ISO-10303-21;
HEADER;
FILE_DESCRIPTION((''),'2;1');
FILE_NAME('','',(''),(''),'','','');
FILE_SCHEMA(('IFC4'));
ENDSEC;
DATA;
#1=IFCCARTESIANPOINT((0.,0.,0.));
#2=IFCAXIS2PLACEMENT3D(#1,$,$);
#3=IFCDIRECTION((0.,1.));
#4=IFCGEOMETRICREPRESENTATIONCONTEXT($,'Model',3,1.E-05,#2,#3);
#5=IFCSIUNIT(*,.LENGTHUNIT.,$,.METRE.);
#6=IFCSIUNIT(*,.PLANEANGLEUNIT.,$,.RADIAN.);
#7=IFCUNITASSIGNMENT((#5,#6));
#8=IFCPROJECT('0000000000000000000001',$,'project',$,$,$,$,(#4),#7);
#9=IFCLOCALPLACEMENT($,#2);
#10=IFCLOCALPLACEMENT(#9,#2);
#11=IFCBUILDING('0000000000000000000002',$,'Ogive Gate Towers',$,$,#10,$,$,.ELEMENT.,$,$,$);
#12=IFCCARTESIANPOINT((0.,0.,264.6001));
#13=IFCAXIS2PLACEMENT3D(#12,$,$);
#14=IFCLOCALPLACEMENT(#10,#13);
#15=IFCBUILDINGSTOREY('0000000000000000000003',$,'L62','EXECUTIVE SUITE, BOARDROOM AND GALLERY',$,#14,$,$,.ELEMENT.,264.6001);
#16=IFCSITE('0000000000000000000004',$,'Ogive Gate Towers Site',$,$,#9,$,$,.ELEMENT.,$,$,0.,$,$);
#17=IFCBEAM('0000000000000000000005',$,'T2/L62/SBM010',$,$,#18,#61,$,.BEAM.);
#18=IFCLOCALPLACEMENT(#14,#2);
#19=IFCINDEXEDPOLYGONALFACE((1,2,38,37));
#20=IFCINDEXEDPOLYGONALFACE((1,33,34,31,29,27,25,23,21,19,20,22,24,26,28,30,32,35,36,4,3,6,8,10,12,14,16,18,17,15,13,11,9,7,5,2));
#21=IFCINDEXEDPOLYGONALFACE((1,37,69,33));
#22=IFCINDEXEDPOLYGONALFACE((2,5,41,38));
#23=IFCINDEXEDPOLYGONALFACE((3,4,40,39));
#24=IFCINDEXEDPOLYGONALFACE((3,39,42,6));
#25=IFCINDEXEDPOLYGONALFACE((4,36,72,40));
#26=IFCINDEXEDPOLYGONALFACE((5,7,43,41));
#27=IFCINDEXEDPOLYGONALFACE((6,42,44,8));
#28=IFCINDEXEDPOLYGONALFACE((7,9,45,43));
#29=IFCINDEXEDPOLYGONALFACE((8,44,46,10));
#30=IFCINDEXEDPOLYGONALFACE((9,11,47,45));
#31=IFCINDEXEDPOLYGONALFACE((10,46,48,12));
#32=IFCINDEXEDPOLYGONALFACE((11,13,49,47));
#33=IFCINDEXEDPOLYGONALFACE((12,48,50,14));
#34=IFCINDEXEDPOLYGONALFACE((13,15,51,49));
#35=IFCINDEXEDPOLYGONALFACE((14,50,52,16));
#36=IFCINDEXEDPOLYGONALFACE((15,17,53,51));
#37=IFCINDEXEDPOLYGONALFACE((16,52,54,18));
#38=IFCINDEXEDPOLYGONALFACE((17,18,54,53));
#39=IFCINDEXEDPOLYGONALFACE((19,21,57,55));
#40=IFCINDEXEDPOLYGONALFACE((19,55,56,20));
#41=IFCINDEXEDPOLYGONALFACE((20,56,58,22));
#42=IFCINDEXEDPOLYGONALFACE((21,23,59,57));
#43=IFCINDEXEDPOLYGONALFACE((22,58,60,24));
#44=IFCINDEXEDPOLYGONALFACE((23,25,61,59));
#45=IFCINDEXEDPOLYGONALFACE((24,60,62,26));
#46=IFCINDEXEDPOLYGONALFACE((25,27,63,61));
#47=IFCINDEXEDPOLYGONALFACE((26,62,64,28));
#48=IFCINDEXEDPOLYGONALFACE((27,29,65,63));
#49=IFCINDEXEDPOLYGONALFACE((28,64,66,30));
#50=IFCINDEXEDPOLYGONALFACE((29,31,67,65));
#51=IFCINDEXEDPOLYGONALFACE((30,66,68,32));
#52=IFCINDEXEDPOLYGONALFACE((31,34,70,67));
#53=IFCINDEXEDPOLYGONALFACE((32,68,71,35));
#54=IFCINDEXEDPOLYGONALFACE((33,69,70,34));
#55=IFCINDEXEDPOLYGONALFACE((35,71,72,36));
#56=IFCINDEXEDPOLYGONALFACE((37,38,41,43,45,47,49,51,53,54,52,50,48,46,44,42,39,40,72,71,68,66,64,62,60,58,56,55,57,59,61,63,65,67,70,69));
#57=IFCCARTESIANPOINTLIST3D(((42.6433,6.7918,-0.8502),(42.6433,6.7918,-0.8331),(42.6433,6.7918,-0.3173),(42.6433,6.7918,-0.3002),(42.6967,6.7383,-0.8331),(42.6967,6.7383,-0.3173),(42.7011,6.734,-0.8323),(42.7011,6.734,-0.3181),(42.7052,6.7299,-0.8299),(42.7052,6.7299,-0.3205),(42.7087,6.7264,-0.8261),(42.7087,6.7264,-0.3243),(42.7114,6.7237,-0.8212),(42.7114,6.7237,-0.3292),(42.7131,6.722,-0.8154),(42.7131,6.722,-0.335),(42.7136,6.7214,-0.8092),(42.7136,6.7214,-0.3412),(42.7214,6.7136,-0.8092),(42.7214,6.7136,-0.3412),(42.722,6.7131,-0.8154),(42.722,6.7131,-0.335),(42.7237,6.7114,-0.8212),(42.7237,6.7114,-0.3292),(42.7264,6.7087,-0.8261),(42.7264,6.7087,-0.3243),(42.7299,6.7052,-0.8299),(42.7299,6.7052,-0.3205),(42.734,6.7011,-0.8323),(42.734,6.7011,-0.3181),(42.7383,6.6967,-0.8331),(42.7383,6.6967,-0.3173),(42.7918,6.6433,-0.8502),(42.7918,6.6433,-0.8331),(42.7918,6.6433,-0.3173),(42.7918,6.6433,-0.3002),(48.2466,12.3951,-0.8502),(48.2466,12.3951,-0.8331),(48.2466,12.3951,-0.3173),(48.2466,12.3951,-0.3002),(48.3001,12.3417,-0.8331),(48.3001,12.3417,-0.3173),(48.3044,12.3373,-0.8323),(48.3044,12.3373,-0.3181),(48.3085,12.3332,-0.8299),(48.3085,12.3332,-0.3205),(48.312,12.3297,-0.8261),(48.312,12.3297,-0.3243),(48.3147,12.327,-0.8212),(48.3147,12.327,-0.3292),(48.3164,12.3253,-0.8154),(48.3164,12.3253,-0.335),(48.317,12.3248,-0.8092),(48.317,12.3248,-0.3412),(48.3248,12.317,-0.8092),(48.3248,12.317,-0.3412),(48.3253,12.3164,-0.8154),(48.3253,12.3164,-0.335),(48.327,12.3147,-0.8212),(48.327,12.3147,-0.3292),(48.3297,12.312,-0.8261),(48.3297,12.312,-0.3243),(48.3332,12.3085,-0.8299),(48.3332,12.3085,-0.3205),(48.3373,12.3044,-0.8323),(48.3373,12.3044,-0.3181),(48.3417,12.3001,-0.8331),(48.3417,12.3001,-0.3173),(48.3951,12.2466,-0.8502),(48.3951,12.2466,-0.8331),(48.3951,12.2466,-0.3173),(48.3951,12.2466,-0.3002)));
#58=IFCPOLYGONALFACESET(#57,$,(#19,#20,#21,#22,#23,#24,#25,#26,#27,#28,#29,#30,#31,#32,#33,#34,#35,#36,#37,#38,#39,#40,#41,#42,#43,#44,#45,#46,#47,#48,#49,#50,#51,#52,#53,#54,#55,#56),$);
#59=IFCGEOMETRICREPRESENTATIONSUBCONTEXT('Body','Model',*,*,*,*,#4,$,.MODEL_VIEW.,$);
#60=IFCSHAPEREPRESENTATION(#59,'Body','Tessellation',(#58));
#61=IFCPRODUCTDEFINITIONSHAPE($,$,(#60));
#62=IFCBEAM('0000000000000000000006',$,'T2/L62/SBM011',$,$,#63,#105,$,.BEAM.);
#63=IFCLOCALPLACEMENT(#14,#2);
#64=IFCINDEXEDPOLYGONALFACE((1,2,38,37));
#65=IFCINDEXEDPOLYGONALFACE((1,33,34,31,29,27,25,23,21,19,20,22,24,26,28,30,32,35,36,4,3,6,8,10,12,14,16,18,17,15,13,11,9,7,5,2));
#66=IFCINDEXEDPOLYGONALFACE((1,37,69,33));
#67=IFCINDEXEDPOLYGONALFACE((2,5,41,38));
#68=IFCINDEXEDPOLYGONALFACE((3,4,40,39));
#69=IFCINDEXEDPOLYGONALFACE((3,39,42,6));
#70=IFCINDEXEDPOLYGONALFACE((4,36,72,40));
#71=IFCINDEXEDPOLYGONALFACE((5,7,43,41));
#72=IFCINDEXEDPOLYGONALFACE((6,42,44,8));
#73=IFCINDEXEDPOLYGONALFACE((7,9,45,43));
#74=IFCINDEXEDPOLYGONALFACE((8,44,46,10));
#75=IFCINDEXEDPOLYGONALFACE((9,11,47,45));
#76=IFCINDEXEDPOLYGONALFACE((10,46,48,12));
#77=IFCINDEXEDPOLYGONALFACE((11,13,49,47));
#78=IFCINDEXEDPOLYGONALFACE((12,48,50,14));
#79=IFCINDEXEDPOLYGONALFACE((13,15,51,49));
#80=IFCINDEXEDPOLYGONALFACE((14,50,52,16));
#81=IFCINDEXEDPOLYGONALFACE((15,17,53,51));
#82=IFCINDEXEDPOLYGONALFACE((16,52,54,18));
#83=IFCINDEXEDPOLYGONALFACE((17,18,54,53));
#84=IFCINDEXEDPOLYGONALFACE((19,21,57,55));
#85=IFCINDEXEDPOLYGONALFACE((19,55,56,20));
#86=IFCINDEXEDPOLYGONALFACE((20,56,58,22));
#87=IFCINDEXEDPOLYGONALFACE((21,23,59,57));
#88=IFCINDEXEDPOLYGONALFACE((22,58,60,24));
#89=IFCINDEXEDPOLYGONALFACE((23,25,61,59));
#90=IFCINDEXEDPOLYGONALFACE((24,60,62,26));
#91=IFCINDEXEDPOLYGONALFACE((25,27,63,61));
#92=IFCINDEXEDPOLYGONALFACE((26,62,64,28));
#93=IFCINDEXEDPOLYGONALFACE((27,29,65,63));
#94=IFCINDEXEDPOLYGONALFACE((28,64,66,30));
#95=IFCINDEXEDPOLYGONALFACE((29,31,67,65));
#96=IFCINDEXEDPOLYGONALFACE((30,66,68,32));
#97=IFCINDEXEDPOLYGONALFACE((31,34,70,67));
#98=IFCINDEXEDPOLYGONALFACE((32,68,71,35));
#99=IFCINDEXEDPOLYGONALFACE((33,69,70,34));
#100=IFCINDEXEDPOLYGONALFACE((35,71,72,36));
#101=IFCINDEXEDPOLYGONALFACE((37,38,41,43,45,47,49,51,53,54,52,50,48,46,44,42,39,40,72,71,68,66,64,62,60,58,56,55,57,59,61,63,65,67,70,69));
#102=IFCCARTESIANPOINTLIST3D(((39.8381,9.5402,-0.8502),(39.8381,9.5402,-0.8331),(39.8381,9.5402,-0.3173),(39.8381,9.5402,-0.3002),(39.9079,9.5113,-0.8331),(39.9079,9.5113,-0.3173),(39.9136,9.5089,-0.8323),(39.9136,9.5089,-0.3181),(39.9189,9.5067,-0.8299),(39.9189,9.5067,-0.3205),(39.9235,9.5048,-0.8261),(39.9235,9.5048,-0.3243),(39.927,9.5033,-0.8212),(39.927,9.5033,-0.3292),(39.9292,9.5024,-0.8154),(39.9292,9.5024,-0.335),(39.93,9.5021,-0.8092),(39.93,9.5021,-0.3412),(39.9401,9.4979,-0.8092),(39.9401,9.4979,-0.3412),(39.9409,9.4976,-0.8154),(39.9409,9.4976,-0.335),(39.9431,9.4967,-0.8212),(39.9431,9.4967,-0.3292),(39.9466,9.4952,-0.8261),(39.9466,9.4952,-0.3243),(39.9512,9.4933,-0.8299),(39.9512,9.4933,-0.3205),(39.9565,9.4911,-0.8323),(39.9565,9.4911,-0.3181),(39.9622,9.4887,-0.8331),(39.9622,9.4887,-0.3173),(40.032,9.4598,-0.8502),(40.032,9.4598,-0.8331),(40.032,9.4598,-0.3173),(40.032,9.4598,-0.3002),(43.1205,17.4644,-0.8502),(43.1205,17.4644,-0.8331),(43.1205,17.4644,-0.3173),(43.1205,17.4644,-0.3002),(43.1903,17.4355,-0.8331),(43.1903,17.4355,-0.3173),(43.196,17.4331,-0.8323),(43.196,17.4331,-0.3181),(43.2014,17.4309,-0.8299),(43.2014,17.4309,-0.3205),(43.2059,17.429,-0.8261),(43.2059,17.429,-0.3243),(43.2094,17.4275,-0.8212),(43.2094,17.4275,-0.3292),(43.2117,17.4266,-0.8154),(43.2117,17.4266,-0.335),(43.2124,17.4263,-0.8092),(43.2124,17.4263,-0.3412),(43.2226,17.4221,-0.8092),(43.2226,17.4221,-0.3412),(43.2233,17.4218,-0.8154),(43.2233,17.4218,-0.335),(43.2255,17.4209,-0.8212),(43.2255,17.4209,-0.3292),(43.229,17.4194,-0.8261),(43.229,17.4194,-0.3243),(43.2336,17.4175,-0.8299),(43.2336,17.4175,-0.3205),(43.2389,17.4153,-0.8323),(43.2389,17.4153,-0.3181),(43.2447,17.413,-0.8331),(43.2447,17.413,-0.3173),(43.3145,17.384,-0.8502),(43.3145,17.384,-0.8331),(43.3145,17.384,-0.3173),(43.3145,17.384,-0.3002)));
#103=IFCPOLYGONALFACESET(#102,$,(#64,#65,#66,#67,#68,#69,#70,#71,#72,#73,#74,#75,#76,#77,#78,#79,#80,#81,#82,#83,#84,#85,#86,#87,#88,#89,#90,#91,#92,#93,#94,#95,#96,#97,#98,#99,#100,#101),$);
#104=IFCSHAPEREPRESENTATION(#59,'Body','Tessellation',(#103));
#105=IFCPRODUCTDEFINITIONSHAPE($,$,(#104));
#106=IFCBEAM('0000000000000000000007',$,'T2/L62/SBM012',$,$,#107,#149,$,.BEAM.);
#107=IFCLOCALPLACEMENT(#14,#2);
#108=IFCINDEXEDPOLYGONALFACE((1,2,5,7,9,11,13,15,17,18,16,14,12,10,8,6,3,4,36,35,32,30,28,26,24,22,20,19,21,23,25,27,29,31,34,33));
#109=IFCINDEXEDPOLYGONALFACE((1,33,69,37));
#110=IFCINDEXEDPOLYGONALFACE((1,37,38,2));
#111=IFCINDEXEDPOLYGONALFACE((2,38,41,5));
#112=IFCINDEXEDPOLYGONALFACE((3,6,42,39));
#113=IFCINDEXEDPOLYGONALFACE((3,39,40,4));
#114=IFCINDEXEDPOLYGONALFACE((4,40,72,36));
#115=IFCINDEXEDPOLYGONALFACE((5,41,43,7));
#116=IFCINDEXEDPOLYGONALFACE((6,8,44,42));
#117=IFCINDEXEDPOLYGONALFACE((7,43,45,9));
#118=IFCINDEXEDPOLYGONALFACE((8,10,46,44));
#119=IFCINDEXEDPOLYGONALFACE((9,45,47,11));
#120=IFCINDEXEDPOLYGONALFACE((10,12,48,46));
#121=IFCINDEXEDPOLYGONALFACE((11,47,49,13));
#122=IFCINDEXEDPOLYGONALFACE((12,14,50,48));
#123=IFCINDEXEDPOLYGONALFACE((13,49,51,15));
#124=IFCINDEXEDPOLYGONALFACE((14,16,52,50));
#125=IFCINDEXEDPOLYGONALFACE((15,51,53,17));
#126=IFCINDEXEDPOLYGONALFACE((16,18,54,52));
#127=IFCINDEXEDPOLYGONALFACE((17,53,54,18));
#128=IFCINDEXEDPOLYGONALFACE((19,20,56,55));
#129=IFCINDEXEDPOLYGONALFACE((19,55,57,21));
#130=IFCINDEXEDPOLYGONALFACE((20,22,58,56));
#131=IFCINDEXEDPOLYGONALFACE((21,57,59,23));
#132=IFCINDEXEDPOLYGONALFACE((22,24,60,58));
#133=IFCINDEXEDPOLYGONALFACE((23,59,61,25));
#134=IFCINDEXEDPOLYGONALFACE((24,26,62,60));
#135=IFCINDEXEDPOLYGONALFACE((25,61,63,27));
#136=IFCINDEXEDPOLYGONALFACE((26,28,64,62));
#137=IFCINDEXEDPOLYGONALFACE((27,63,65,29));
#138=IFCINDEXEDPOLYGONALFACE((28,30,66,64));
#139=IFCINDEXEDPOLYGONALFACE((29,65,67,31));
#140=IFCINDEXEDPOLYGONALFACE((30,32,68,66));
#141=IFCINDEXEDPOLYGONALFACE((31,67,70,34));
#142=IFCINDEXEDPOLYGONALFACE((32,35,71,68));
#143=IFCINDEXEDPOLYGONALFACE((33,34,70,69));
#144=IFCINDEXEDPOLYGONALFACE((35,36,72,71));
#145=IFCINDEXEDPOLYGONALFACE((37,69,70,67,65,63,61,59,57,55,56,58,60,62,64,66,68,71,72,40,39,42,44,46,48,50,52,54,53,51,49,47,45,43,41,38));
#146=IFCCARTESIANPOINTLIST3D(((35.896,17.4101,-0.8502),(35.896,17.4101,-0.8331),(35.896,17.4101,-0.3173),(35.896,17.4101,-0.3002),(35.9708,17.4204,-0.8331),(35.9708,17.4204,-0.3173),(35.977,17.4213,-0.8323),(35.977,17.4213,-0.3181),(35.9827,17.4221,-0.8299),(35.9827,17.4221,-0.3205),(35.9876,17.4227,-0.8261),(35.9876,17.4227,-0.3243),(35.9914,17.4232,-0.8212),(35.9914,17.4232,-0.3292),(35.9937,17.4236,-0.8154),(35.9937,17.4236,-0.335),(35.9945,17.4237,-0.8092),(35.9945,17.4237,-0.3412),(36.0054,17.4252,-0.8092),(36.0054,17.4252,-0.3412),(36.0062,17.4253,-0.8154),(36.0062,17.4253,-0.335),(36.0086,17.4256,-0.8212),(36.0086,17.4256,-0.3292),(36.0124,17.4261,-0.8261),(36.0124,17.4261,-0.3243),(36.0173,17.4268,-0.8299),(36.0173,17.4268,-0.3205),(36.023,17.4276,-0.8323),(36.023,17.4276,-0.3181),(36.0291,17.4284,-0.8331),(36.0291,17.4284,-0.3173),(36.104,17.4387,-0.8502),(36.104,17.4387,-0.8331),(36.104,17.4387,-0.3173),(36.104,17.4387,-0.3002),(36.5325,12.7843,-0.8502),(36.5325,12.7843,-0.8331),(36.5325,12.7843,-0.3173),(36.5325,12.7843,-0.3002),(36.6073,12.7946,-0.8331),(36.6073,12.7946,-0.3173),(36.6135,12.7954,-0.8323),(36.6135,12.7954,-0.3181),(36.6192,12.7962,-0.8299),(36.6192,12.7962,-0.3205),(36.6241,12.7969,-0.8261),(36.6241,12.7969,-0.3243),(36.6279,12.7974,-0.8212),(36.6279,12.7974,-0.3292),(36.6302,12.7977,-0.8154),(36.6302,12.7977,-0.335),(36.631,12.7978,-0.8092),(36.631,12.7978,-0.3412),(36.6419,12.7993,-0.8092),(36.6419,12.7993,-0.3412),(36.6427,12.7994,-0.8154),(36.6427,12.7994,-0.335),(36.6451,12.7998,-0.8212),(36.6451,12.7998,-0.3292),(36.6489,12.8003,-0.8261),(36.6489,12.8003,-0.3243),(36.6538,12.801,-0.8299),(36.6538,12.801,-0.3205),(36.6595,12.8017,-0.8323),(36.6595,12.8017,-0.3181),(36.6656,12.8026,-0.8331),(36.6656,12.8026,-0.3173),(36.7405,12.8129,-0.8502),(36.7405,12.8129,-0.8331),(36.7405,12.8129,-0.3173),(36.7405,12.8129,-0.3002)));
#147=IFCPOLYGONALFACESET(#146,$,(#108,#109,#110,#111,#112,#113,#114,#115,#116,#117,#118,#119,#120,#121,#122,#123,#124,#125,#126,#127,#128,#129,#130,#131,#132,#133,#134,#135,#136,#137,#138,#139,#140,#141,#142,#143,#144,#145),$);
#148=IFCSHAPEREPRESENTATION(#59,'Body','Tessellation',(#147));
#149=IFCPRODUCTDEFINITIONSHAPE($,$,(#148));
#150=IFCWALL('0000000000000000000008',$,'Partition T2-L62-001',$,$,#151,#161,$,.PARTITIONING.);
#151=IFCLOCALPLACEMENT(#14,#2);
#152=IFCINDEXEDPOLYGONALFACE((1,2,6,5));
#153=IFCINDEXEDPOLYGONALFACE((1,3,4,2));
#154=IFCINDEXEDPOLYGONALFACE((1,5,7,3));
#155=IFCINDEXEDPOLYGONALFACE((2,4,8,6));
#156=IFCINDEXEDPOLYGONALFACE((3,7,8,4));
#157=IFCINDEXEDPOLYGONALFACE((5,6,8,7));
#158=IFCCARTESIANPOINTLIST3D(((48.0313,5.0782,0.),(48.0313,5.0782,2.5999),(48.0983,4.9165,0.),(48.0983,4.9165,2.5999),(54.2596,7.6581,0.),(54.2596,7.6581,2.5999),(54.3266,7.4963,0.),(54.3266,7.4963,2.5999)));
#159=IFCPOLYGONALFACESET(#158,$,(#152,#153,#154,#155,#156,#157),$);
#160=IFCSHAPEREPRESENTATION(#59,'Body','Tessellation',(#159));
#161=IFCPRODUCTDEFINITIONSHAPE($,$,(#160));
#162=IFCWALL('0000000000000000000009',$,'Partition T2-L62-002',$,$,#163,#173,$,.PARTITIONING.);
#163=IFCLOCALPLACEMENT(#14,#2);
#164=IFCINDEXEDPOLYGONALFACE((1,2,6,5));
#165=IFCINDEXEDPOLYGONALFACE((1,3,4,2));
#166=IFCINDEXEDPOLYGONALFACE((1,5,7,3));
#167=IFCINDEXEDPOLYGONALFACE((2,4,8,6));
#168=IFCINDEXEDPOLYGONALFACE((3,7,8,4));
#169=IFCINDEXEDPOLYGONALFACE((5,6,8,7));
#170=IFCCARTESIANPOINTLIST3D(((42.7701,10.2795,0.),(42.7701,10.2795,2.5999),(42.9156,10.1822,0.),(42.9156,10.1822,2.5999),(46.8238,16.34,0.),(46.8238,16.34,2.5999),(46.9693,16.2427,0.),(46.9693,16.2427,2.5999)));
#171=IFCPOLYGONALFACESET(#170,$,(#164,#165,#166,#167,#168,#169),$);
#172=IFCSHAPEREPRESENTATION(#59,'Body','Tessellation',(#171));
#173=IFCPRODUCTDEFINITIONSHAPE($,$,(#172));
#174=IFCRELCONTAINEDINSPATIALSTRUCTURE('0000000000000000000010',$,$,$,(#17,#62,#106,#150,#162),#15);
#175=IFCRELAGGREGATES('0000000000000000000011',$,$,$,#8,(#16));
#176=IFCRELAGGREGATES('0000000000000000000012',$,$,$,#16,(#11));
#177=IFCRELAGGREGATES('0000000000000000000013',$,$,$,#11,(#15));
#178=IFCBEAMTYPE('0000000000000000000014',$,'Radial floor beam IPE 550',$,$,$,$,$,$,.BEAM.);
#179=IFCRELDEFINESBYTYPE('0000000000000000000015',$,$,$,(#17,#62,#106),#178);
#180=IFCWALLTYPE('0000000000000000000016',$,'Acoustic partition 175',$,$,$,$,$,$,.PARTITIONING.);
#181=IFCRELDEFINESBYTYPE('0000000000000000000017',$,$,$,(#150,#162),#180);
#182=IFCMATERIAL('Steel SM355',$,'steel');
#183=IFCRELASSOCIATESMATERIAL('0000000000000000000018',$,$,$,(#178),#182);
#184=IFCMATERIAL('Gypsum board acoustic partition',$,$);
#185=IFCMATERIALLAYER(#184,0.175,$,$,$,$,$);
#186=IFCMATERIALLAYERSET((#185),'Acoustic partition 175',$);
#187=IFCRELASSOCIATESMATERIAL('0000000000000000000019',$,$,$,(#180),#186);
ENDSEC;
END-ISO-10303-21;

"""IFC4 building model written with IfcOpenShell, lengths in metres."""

from ifc_helpers import new_model, si_unit, direction, frame, frame_2d, origin, origin_2d, place, context, subcontext, project, spatial, rectangle, i_section, extrude, material, layer, layer_set, material_profile, profile_set, type_object, element, save


model = new_model("IFC4")

# Units and contexts
model_context = context("Model", 3, precision=1e-05, world=origin(), true_north=direction((0.0, 1.0)))
body_context = subcontext(model_context, "Body", "Model", "MODEL_VIEW")
ifc_project = project(units=[si_unit("LENGTHUNIT", "METRE"), si_unit("PLANEANGLEUNIT", "RADIAN")], contexts=[model_context])

# Site, building, storey
site_placement = place(None, origin())
site = spatial("IfcSite", under=ifc_project, at=site_placement, Name="Ogive Gate Towers Site", CompositionType="ELEMENT", RefElevation=0.0)
building_placement = place(site_placement, origin())
building = spatial("IfcBuilding", under=site, at=building_placement, Name="Ogive Gate Towers", CompositionType="ELEMENT")
storey_placement = place(building_placement, frame((0.0, 0.0, 264.6001)))
storey = spatial("IfcBuildingStorey", under=building, at=storey_placement, Name="L62", Description="EXECUTIVE SUITE, BOARDROOM AND GALLERY", CompositionType="ELEMENT", Elevation=264.6001)

# Beams
ifc_material_1 = material(Name="Steel SM355", Category="steel")
ifc_material_profile_1 = material_profile(ifc_material_1, i_section(OverallWidth=0.21, OverallDepth=0.55, WebThickness=0.011, FlangeThickness=0.0171, FilletRadius=0.0239, at=origin_2d()), Name="IPE 550")
ifc_profile_set_1 = profile_set([ifc_material_profile_1], Name="Steel SM355")
beam_type_1 = type_object("IfcBeamType", Name="Radial floor beam IPE 550", PredefinedType="BEAM", material=ifc_profile_set_1)
beam_1_placement = place(storey_placement, frame((42.7175, 6.7175, -0.5752), z_axis=(0.707107, 0.707107, 0.0), x_axis=(-0.707107, 0.707107, 0.0)))
element("IfcBeam", 1, at=beam_1_placement, inside=storey, type_object=beam_type_1, Name="T2/L62/SBM010", PredefinedType="BEAM", context=body_context, shape_type="SweptSolid", body=[
    extrude(i_section(OverallWidth=0.21, OverallDepth=0.55, WebThickness=0.011, FlangeThickness=0.0171, FilletRadius=0.0239, at=origin_2d()), origin(), (0.0, 0.0, 1.0), 7.9243),
])
beam_2_placement = place(storey_placement, frame((39.9351, 9.5, -0.5752), z_axis=(0.382695, 0.923875, 0.0), x_axis=(-0.923875, 0.382695, 0.0)))
element("IfcBeam", 2, at=beam_2_placement, inside=storey, type_object=beam_type_1, Name="T2/L62/SBM011", PredefinedType="BEAM", context=body_context, shape_type="SweptSolid", body=[
    extrude(i_section(OverallWidth=0.21, OverallDepth=0.55, WebThickness=0.011, FlangeThickness=0.0171, FilletRadius=0.0239, at=origin_2d()), origin(), (0.0, 0.0, 1.0), 8.5771),
])
beam_3_placement = place(storey_placement, frame((36.6365, 12.7986, -0.5752), z_axis=(-0.13631, 0.990666, 0.0), x_axis=(-0.990666, -0.13631, 0.0)))
element("IfcBeam", 3, at=beam_3_placement, inside=storey, type_object=beam_type_1, Name="T2/L62/SBM012", PredefinedType="BEAM", context=body_context, shape_type="SweptSolid", body=[
    extrude(i_section(OverallWidth=0.21, OverallDepth=0.55, WebThickness=0.011, FlangeThickness=0.0171, FilletRadius=0.0239, at=origin_2d()), origin(), (0.0, 0.0, 1.0), 4.6694),
])

# Walls
ifc_material_2 = material(Name="Gypsum board acoustic partition")
ifc_layer_1 = layer(ifc_material_2, 0.175)
ifc_layer_set_1 = layer_set([ifc_layer_1], Name="Acoustic partition 175")
wall_type_1 = type_object("IfcWallType", Name="Acoustic partition 175", PredefinedType="PARTITIONING", material=ifc_layer_set_1)
wall_1_placement = place(storey_placement, frame((54.293, 7.5771, 0.0), z_axis=(0.0, 0.0, 1.0), x_axis=(-0.92388, -0.382683, 0.0)))
element("IfcWall", 4, at=wall_1_placement, inside=storey, type_object=wall_type_1, Name="Partition T2-L62-001", PredefinedType="PARTITIONING", context=body_context, shape_type="SweptSolid", body=[
    extrude(rectangle(XDim=6.7415, YDim=0.175, at=frame_2d((3.3706, 0.0))), origin(), (0.0, 0.0, 1.0), 2.5999),
])
wall_2_placement = place(storey_placement, frame((46.8965, 16.2913, 0.0), z_axis=(0.0, 0.0, 1.0), x_axis=(-0.555967, -0.831205, 0.0)))
element("IfcWall", 5, at=wall_2_placement, inside=storey, type_object=wall_type_1, Name="Partition T2-L62-002", PredefinedType="PARTITIONING", context=body_context, shape_type="SweptSolid", body=[
    extrude(rectangle(XDim=7.2913, YDim=0.175, at=frame_2d((3.6455, 0.0))), origin(), (0.0, 0.0, 1.0), 2.5999),
])

save(model, "model.ifc")
